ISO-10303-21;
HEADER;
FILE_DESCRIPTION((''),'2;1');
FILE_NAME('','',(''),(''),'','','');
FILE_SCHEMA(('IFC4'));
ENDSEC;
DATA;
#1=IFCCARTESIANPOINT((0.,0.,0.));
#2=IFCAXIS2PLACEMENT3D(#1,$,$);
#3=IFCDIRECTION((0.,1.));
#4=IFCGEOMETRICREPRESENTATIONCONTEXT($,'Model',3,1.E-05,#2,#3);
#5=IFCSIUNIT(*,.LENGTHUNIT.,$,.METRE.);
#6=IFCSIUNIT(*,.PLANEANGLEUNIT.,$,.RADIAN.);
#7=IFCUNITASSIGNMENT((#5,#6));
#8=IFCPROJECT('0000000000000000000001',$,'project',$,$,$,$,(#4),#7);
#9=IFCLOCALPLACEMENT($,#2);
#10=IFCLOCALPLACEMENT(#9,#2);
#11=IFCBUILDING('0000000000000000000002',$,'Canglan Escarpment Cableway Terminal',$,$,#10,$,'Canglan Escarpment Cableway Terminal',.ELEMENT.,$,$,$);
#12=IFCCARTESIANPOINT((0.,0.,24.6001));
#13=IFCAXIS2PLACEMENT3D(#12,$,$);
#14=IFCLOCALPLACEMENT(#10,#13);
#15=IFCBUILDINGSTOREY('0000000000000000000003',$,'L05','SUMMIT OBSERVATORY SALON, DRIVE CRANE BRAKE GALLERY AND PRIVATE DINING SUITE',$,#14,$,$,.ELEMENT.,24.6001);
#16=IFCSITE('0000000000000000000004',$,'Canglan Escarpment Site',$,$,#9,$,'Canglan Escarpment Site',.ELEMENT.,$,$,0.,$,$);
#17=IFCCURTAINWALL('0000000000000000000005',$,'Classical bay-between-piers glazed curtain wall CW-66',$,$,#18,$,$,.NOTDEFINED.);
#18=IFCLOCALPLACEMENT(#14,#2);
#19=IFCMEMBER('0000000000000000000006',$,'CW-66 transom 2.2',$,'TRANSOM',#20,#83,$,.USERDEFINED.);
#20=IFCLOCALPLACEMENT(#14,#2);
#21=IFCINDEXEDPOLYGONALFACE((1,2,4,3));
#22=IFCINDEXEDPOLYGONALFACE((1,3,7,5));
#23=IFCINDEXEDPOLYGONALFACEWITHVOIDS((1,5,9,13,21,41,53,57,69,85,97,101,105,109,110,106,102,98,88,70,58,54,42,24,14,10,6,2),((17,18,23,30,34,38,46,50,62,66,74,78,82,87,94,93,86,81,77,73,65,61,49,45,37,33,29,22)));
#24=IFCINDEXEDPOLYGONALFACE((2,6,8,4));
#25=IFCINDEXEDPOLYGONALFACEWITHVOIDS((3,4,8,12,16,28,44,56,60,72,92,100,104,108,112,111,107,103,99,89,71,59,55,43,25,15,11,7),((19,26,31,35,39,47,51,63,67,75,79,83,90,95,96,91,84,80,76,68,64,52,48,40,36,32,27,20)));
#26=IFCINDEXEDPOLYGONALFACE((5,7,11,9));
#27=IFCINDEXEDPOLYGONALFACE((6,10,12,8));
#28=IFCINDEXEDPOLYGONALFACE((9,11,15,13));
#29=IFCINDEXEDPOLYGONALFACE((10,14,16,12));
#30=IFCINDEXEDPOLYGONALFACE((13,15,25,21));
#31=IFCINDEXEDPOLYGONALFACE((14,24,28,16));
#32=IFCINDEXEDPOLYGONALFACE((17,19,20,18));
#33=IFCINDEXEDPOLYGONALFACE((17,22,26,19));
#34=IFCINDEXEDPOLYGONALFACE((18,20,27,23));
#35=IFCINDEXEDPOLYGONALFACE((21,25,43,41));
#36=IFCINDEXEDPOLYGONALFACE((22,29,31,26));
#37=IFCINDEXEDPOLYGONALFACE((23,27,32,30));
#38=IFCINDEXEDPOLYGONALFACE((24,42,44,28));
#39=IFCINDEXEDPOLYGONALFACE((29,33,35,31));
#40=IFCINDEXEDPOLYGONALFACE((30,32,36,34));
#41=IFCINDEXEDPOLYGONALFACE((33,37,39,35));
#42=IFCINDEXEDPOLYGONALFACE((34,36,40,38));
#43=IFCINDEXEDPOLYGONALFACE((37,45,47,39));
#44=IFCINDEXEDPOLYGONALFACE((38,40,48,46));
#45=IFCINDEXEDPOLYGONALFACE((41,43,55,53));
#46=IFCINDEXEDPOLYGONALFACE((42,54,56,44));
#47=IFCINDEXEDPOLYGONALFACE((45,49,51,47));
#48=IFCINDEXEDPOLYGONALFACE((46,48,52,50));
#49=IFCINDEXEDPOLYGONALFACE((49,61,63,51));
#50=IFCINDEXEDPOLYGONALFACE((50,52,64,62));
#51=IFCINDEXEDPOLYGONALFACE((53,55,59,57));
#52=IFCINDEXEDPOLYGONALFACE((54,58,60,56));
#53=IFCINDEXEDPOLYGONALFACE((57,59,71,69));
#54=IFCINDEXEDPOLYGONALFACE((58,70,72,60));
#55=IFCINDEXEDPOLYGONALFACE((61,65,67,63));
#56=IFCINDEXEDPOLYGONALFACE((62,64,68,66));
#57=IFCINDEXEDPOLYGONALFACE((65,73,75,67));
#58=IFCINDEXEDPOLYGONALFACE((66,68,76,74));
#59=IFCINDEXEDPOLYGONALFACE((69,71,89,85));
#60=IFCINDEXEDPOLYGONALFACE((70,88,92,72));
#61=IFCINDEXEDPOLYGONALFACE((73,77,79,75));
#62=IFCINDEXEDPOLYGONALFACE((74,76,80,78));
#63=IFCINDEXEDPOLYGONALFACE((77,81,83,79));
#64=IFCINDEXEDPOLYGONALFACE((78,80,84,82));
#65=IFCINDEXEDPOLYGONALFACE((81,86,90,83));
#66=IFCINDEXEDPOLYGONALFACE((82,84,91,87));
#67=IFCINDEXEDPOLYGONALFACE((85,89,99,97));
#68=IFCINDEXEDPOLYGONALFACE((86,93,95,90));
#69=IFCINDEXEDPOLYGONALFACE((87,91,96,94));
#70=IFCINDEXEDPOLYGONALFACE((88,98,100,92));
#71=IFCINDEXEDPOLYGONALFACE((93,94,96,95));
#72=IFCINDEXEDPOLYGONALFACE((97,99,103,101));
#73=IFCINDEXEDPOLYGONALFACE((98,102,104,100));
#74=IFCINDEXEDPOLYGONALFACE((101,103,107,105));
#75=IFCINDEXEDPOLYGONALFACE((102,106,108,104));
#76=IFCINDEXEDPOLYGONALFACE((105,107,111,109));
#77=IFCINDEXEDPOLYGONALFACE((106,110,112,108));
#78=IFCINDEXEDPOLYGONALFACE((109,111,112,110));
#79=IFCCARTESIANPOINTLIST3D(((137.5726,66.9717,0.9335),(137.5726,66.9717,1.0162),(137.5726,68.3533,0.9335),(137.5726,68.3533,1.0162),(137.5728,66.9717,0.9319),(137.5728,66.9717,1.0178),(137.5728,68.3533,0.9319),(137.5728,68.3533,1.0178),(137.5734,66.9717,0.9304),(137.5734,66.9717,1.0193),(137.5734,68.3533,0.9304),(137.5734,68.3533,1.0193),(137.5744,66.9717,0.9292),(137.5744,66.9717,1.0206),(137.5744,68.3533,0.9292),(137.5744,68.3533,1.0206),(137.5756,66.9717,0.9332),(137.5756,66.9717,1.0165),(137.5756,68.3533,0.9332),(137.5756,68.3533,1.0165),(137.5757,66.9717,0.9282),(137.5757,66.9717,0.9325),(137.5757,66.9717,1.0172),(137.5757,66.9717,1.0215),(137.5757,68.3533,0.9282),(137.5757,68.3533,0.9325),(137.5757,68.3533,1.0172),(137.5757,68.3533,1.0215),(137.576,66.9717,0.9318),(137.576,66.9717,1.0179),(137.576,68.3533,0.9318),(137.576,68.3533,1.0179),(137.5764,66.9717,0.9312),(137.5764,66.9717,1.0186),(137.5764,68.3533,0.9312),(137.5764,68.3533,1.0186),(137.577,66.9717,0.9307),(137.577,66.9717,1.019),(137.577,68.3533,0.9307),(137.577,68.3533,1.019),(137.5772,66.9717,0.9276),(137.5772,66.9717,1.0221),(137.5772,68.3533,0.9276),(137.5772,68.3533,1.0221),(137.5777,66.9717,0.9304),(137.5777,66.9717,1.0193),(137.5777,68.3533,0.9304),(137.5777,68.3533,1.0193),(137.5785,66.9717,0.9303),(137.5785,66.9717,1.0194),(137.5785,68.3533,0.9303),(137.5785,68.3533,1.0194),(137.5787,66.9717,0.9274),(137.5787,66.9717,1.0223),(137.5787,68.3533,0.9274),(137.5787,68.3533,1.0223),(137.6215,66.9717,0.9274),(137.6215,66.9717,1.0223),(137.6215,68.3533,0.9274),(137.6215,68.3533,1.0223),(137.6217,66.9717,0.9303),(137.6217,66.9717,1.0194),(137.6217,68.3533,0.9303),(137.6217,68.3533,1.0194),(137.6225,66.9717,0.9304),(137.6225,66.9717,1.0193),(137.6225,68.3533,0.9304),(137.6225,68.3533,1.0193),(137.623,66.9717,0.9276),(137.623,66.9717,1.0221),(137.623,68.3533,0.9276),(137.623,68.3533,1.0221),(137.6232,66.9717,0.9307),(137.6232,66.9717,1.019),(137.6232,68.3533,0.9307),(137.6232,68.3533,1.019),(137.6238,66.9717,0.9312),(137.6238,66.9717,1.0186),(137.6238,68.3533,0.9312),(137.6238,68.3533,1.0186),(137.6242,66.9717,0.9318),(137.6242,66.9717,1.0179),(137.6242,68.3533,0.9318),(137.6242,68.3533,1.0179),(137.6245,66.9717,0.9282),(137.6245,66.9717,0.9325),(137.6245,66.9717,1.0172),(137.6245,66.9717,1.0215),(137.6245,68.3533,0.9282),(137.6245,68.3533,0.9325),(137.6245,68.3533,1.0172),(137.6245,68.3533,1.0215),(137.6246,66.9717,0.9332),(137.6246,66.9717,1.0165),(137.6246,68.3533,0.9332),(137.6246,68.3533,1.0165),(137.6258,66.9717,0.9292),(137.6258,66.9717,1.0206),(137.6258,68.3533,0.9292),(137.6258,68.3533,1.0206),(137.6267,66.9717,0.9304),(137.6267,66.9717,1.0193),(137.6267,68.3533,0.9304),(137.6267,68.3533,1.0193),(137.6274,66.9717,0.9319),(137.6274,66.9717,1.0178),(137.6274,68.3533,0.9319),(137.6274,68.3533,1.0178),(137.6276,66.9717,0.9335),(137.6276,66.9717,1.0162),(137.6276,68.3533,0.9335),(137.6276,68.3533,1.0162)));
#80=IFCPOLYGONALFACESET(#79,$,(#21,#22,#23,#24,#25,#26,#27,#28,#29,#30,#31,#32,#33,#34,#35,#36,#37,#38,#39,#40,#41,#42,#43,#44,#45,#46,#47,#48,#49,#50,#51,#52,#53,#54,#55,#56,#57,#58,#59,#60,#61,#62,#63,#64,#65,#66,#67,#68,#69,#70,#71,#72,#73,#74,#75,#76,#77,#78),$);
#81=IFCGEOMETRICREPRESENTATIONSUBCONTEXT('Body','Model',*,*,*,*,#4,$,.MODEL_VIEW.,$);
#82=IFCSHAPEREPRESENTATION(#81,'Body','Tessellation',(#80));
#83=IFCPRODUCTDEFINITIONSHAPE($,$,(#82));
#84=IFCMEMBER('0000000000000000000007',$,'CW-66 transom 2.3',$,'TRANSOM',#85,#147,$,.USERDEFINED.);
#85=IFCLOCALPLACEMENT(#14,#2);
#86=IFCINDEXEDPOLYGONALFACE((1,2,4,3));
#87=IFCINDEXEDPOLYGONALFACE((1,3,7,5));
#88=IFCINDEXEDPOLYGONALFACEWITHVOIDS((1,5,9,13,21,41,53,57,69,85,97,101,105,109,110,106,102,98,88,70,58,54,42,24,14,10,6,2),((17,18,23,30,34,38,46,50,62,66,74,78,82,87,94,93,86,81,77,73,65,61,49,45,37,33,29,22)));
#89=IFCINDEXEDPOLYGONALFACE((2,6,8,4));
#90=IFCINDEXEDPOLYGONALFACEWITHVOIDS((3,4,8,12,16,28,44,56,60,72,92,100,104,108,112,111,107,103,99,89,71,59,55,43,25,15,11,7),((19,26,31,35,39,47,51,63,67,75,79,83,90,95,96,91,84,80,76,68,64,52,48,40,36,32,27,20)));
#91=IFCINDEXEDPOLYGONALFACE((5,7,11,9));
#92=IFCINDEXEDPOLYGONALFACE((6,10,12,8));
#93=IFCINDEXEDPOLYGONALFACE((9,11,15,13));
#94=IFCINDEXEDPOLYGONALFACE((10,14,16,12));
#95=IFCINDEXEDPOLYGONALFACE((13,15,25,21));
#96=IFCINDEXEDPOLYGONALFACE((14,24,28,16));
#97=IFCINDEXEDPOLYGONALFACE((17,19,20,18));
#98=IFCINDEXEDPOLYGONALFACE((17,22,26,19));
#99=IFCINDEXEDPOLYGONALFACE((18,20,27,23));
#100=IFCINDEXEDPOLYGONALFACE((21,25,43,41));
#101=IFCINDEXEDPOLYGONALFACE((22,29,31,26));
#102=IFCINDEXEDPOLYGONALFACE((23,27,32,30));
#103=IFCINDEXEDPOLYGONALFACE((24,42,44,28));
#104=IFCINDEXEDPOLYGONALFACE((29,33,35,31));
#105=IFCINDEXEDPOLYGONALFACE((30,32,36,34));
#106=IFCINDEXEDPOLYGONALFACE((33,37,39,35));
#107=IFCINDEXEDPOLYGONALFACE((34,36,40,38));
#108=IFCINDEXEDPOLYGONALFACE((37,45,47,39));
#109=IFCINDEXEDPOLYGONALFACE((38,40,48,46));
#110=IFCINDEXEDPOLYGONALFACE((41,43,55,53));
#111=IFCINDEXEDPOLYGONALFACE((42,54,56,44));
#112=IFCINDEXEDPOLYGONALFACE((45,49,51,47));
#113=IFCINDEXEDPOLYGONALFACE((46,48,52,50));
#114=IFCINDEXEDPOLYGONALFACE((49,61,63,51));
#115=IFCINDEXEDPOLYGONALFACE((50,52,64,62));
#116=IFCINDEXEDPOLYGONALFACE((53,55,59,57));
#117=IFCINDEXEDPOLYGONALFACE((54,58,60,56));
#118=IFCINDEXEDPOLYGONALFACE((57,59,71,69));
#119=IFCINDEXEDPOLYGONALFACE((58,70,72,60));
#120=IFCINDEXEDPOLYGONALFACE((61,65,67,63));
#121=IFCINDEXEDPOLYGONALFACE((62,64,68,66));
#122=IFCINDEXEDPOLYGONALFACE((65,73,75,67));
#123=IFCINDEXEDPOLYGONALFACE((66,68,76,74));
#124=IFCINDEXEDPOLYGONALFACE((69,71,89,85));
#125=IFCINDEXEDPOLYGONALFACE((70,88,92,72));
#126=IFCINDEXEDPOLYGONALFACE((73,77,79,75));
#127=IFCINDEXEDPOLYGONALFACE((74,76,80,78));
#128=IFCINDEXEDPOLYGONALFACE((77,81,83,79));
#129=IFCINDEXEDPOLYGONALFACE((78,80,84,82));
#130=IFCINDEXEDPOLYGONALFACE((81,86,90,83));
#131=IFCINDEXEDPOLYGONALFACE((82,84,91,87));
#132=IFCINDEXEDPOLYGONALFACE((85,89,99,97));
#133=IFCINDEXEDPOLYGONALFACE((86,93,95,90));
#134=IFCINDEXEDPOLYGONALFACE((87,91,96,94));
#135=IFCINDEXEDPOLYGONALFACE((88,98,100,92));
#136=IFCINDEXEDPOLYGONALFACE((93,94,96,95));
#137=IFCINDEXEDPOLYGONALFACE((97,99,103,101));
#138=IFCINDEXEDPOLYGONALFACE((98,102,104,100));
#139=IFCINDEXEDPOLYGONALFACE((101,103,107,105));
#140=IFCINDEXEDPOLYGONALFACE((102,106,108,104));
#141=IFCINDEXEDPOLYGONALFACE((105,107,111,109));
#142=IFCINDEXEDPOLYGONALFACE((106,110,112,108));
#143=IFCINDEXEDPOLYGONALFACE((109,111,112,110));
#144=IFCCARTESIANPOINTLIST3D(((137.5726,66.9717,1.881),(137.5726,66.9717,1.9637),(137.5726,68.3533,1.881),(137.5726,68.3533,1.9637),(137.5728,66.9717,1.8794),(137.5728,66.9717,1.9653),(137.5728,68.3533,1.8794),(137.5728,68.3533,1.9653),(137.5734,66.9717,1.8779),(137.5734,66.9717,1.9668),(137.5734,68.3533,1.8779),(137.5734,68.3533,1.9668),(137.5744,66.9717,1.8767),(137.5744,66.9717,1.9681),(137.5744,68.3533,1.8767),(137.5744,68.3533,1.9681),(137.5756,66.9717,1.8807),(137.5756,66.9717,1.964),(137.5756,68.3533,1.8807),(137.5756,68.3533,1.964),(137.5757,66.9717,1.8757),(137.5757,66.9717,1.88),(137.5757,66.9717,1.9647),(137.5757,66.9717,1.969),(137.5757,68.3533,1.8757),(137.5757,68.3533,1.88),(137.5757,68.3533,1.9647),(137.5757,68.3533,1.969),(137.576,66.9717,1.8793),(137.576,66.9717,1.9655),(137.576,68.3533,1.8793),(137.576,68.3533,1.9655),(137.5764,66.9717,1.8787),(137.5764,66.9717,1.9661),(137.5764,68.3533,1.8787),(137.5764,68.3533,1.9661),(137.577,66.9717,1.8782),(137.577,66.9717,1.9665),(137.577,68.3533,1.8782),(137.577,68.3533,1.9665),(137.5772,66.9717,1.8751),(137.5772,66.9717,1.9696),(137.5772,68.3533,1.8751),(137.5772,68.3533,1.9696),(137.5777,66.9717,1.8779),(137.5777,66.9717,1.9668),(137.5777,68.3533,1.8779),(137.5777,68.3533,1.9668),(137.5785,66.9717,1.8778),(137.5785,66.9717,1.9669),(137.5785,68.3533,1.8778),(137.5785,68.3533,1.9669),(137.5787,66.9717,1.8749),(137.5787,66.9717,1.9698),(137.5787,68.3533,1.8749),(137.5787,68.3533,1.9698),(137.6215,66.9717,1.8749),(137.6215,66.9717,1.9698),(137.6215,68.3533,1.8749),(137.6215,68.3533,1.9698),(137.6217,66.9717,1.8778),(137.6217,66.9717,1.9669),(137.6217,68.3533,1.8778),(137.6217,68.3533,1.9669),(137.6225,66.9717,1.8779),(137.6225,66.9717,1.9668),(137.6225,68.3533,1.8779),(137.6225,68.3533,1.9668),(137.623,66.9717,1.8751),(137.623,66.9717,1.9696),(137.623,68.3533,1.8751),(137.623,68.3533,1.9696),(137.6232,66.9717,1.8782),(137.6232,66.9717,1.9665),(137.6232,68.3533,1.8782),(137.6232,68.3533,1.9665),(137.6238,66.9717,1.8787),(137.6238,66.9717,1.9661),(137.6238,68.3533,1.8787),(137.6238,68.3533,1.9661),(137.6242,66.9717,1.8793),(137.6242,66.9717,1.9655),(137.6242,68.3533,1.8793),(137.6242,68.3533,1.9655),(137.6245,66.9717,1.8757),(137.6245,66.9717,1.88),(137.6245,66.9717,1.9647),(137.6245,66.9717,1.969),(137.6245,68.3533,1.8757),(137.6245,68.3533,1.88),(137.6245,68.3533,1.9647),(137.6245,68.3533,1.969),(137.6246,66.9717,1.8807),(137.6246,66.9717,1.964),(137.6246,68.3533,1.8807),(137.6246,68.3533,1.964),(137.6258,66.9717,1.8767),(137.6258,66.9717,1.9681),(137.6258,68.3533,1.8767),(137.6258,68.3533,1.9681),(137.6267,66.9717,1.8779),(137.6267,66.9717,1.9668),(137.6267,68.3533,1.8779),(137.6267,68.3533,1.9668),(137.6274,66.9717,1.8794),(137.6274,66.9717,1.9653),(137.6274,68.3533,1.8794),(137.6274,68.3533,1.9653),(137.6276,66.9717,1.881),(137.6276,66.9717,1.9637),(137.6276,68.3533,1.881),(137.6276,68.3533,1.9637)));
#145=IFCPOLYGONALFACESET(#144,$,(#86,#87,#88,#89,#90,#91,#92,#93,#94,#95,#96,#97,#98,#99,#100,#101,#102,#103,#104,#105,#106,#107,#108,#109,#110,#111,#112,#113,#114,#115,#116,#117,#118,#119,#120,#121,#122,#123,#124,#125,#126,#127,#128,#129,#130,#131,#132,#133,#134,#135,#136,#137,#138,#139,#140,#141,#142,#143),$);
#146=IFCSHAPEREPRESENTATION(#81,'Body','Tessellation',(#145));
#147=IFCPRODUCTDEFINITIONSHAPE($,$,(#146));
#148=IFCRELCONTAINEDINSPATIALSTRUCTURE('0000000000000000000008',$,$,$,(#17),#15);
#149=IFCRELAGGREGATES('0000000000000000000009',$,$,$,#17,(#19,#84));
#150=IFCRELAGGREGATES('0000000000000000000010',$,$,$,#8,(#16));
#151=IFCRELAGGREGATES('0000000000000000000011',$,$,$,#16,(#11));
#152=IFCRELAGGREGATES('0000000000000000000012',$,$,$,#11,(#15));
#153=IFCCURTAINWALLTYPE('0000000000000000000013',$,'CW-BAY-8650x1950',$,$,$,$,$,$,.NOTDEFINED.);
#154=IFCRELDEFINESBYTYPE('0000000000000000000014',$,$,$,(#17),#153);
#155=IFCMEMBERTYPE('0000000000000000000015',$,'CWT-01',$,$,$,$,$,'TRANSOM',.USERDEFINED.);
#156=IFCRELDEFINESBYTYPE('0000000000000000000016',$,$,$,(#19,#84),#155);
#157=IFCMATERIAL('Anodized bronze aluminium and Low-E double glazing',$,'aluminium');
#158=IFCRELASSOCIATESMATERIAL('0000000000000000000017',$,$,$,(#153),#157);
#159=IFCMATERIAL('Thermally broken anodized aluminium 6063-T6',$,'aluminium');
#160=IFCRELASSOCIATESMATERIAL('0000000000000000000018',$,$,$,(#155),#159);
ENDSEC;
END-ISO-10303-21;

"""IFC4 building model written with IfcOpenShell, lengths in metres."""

from ifc_helpers import new_model, si_unit, direction, frame, origin, origin_2d, place, context, subcontext, project, spatial, hollow_rectangle, extrude, material, material_profile, profile_set, type_object, element, aggregate, save


model = new_model("IFC4")

# Units and contexts
model_context = context("Model", 3, precision=1e-05, world=origin(), true_north=direction((0.0, 1.0)))
body_context = subcontext(model_context, "Body", "Model", "MODEL_VIEW")
ifc_project = project(units=[si_unit("LENGTHUNIT", "METRE"), si_unit("PLANEANGLEUNIT", "RADIAN")], contexts=[model_context])

# Site, building, storey
site_placement = place(None, origin())
site = spatial("IfcSite", under=ifc_project, at=site_placement, Name="Canglan Escarpment Site", LongName="Canglan Escarpment Site", CompositionType="ELEMENT", RefElevation=0.0)
building_placement = place(site_placement, origin())
building = spatial("IfcBuilding", under=site, at=building_placement, Name="Canglan Escarpment Cableway Terminal", LongName="Canglan Escarpment Cableway Terminal", CompositionType="ELEMENT")
storey_placement = place(building_placement, frame((0.0, 0.0, 24.6001)))
storey = spatial("IfcBuildingStorey", under=building, at=storey_placement, Name="L05", Description="SUMMIT OBSERVATORY SALON, DRIVE CRANE BRAKE GALLERY AND PRIVATE DINING SUITE", CompositionType="ELEMENT", Elevation=24.6001)

# Curtain wall, members
ifc_material_1 = material(Name="Anodized bronze aluminium and Low-E double glazing", Category="aluminium")
curtain_wall_type = type_object("IfcCurtainWallType", Name="CW-BAY-8650x1950", PredefinedType="NOTDEFINED", material=ifc_material_1)
curtain_wall_placement = place(storey_placement, origin())
curtain_wall = element("IfcCurtainWall", 1, at=curtain_wall_placement, inside=storey, type_object=curtain_wall_type, Name="Classical bay-between-piers glazed curtain wall CW-66", PredefinedType="NOTDEFINED")
ifc_material_2 = material(Name="Thermally broken anodized aluminium 6063-T6", Category="aluminium")
ifc_material_profile_1 = material_profile(ifc_material_2, hollow_rectangle(XDim=0.0549, YDim=0.095, WallThickness=0.0029, InnerFilletRadius=0.0029, OuterFilletRadius=0.0061, at=origin_2d()), Name="ALU-TRAN 55x95x3")
ifc_profile_set_1 = profile_set([ifc_material_profile_1], Name="Thermally broken anodized aluminium 6063-T6")
member_type_1 = type_object("IfcMemberType", Name="CWT-01", ElementType="TRANSOM", PredefinedType="USERDEFINED", material=ifc_profile_set_1)
member_1_placement = place(storey_placement, frame((137.6001, 68.3533, 0.9749), z_axis=(0.0, -1.0, 0.0), x_axis=(1.0, 0.0, 0.0)))
member_1 = element("IfcMember", 2, at=member_1_placement, type_object=member_type_1, Name="CW-66 transom 2.2", ObjectType="TRANSOM", PredefinedType="USERDEFINED", context=body_context, shape_type="SweptSolid", body=[
    extrude(hollow_rectangle(XDim=0.0549, YDim=0.095, WallThickness=0.0029, InnerFilletRadius=0.0029, OuterFilletRadius=0.0061, at=origin_2d()), origin(), (0.0, 0.0, 1.0), 1.3816),
])
member_2_placement = place(storey_placement, frame((137.6001, 68.3533, 1.9224), z_axis=(0.0, -1.0, 0.0), x_axis=(1.0, 0.0, 0.0)))
member_2 = element("IfcMember", 3, at=member_2_placement, type_object=member_type_1, Name="CW-66 transom 2.3", ObjectType="TRANSOM", PredefinedType="USERDEFINED", context=body_context, shape_type="SweptSolid", body=[
    extrude(hollow_rectangle(XDim=0.0549, YDim=0.095, WallThickness=0.0029, InnerFilletRadius=0.0029, OuterFilletRadius=0.0061, at=origin_2d()), origin(), (0.0, 0.0, 1.0), 1.3816),
])
aggregate(curtain_wall, [member_1, member_2])

save(model, "model.ifc")
